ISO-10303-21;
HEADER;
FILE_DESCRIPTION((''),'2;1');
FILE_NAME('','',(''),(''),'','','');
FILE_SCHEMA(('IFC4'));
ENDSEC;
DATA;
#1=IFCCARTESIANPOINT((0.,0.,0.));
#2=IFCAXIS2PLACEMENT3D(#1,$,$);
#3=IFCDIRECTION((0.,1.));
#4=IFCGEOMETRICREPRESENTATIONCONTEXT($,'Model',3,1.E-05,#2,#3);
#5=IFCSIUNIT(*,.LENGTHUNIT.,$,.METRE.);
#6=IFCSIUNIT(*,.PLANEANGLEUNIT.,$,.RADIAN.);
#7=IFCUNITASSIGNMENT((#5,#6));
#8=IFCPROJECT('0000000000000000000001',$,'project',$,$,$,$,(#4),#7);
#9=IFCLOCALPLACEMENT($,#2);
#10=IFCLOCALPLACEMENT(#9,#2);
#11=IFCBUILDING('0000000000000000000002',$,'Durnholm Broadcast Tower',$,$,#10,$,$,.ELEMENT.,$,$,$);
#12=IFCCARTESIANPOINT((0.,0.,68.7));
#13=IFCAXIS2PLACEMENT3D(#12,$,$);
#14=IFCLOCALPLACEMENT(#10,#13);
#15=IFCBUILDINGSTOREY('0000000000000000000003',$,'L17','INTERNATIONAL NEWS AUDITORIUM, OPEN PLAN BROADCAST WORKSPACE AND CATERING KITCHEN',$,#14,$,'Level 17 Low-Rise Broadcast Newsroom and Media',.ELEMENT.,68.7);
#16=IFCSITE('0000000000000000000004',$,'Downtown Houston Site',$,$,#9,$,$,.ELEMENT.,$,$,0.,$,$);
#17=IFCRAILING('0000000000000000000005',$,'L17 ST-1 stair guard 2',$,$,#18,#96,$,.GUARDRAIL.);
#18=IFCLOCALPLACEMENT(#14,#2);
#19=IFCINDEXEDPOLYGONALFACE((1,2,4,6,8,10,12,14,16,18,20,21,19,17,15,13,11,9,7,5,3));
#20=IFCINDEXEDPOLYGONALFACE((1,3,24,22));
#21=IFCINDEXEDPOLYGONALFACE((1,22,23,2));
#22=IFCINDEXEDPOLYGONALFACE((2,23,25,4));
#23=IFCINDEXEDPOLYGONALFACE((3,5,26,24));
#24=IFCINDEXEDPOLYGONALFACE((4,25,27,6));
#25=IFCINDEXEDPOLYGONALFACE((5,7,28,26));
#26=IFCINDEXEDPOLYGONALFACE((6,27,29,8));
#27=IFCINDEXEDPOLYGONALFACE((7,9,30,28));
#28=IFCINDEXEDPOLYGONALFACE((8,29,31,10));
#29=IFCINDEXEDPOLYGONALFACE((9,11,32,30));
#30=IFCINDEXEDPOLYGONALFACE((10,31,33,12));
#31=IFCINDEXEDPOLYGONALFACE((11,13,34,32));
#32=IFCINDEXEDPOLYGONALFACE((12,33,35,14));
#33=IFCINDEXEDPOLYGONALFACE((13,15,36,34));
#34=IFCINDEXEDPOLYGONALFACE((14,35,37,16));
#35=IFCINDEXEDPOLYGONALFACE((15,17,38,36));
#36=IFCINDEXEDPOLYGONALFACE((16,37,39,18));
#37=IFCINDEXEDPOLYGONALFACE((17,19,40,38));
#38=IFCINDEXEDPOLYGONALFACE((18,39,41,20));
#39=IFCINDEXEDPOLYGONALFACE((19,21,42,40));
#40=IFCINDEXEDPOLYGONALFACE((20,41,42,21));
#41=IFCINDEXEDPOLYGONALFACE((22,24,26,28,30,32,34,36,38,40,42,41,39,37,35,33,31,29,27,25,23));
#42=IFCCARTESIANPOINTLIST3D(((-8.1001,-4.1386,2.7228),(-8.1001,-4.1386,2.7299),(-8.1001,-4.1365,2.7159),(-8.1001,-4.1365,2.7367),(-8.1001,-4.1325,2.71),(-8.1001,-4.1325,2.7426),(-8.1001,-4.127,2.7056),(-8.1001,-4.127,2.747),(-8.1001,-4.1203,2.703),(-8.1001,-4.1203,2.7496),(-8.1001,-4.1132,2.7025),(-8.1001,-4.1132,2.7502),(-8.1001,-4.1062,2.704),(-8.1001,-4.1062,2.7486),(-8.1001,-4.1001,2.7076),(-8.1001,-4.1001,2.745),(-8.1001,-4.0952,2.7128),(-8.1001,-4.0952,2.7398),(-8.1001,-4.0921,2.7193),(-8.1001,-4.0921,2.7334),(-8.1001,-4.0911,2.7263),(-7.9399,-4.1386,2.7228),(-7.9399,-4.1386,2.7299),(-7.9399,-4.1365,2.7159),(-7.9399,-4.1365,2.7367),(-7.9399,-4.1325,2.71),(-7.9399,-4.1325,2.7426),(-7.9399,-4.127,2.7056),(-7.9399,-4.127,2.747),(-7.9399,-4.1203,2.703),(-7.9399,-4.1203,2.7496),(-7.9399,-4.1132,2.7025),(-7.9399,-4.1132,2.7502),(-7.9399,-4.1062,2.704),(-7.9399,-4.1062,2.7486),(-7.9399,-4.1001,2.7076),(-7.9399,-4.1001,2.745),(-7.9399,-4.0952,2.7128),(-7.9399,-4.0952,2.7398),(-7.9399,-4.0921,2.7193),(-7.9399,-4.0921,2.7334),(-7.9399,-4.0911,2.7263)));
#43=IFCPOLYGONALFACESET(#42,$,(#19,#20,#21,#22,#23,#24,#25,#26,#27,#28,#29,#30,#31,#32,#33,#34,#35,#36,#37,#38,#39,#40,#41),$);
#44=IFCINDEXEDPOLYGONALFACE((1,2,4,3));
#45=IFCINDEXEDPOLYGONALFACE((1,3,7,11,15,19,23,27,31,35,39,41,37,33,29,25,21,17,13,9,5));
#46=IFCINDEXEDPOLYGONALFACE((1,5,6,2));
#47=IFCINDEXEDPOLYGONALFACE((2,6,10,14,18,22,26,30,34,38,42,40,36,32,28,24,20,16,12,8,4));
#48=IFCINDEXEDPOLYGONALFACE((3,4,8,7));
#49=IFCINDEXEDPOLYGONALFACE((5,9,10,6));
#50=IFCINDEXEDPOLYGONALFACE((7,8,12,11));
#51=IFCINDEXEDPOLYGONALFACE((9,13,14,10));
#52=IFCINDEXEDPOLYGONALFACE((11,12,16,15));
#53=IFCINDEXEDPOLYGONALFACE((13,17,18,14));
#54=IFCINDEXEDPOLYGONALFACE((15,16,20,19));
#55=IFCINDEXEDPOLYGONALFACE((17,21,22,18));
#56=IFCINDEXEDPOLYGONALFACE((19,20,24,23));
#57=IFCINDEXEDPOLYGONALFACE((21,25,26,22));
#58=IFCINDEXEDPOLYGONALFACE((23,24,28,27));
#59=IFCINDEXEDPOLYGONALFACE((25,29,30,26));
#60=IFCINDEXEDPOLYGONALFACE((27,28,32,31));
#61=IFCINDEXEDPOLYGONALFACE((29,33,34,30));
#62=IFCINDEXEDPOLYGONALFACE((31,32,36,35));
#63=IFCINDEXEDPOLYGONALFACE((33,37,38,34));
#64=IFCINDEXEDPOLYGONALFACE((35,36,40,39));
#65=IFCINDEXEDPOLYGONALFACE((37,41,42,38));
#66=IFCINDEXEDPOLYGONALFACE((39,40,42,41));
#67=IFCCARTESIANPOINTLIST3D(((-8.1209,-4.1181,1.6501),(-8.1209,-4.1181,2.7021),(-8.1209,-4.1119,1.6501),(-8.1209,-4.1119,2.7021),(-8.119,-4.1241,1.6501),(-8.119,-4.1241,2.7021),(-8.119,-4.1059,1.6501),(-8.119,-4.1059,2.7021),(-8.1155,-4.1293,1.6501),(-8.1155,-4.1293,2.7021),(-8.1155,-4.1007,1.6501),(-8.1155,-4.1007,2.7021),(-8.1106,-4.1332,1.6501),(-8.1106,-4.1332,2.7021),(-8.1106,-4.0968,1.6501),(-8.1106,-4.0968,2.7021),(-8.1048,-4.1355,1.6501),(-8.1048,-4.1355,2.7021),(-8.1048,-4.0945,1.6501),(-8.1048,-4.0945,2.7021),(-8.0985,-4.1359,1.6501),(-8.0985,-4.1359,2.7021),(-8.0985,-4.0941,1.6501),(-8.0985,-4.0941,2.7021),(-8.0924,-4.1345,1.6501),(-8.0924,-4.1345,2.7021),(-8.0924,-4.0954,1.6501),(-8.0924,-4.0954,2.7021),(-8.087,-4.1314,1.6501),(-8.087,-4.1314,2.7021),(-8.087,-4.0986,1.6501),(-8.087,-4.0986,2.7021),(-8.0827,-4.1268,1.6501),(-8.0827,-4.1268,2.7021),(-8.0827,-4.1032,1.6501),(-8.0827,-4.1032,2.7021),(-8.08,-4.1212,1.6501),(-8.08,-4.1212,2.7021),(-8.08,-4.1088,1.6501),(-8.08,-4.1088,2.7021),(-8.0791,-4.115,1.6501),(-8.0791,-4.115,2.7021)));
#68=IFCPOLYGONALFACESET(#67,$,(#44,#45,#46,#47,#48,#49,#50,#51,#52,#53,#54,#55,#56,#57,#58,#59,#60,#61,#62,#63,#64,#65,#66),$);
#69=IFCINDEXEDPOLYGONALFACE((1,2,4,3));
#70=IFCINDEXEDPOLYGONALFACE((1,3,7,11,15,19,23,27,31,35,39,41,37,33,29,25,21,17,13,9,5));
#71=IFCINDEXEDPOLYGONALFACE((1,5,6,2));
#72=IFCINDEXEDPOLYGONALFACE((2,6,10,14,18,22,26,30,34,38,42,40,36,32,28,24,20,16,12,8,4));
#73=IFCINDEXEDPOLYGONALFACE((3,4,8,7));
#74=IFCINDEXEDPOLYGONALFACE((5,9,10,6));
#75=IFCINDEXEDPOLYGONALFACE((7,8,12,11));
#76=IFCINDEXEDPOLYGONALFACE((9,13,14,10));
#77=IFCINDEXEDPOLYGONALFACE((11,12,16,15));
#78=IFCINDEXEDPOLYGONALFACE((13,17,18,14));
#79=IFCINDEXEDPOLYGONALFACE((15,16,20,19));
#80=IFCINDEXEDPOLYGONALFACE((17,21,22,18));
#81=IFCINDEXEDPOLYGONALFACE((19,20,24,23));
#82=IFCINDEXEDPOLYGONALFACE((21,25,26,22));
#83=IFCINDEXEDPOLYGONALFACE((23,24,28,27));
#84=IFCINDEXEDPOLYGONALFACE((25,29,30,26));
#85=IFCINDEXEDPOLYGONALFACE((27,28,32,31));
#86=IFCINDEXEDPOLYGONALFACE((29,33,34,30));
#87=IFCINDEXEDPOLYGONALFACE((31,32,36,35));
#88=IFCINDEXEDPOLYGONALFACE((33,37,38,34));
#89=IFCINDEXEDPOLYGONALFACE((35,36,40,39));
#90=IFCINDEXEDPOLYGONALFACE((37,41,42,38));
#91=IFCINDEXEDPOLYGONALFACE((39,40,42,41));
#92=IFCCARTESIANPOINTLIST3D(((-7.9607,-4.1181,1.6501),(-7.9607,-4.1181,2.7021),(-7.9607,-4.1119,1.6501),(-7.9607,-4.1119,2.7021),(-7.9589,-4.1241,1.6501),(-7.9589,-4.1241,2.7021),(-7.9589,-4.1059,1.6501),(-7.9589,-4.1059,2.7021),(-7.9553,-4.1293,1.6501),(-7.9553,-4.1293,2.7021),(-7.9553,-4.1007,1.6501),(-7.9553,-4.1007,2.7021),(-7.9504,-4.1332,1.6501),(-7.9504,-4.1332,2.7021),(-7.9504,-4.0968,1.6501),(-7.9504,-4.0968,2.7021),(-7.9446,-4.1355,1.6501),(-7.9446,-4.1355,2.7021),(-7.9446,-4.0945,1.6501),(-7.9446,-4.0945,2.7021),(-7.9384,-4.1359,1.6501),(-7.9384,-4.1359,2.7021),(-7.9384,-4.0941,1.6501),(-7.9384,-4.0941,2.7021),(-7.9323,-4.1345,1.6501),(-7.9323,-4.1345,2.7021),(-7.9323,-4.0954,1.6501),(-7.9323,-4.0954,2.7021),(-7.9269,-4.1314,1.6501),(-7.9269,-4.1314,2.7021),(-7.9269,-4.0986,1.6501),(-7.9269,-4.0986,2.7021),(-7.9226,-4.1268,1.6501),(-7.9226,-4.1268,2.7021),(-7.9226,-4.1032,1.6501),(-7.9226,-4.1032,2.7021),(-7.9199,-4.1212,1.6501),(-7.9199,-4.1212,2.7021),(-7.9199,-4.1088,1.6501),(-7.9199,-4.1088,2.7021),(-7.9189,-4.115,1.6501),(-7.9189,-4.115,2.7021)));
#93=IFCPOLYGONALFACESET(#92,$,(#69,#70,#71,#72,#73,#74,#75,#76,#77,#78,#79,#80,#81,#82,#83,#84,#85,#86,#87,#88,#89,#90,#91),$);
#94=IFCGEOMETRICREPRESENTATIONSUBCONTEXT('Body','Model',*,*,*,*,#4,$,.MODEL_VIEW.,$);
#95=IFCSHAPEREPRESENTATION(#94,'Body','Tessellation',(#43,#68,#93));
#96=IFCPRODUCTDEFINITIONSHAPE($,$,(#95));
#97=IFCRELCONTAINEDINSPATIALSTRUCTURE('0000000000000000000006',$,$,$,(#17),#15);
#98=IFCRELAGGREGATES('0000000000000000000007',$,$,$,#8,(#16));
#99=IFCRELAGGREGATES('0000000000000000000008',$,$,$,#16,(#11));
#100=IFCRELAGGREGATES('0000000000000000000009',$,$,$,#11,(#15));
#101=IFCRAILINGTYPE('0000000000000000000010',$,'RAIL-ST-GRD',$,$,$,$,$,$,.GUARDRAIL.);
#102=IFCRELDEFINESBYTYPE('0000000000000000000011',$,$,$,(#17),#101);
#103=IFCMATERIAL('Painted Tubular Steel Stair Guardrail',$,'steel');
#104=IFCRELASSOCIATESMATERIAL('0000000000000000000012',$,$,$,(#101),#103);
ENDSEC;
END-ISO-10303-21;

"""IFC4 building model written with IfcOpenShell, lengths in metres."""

from ifc_helpers import new_model, si_unit, direction, frame, origin, origin_2d, place, context, subcontext, project, spatial, circle, extrude, material, type_object, element, save


model = new_model("IFC4")

# Units and contexts
model_context = context("Model", 3, precision=1e-05, world=origin(), true_north=direction((0.0, 1.0)))
body_context = subcontext(model_context, "Body", "Model", "MODEL_VIEW")
ifc_project = project(units=[si_unit("LENGTHUNIT", "METRE"), si_unit("PLANEANGLEUNIT", "RADIAN")], contexts=[model_context])

# Site, building, storey
site_placement = place(None, origin())
site = spatial("IfcSite", under=ifc_project, at=site_placement, Name="Downtown Houston Site", CompositionType="ELEMENT", RefElevation=0.0)
building_placement = place(site_placement, origin())
building = spatial("IfcBuilding", under=site, at=building_placement, Name="Durnholm Broadcast Tower", CompositionType="ELEMENT")
storey_placement = place(building_placement, frame((0.0, 0.0, 68.7)))
storey = spatial("IfcBuildingStorey", under=building, at=storey_placement, Name="L17", Description="INTERNATIONAL NEWS AUDITORIUM, OPEN PLAN BROADCAST WORKSPACE AND CATERING KITCHEN", LongName="Level 17 Low-Rise Broadcast Newsroom and Media", CompositionType="ELEMENT", Elevation=68.7)

# Railing
ifc_material_1 = material(Name="Painted Tubular Steel Stair Guardrail", Category="steel")
railing_type_1 = type_object("IfcRailingType", Name="RAIL-ST-GRD", PredefinedType="GUARDRAIL", material=ifc_material_1)
railing_1_placement = place(storey_placement, frame((-8.1001, -4.115, 1.6501)))
element("IfcRailing", 1, at=railing_1_placement, inside=storey, type_object=railing_type_1, Name="L17 ST-1 stair guard 2", PredefinedType="GUARDRAIL", context=body_context, shape_type="SweptSolid", body=[
    extrude(circle(Radius=0.0239, at=origin_2d()), frame((0.0, 0.0, 1.0762), z_axis=(1.0, 0.0, 0.0), x_axis=(0.0, 1.0, 0.0)), (0.0, 0.0, 1.0), 0.1602),
    extrude(circle(Radius=0.021, at=origin_2d()), origin(), (0.0, 0.0, 1.0), 1.052),
    extrude(circle(Radius=0.021, at=origin_2d()), frame((0.1602, 0.0, 0.0)), (0.0, 0.0, 1.0), 1.052),
])

save(model, "model.ifc")
